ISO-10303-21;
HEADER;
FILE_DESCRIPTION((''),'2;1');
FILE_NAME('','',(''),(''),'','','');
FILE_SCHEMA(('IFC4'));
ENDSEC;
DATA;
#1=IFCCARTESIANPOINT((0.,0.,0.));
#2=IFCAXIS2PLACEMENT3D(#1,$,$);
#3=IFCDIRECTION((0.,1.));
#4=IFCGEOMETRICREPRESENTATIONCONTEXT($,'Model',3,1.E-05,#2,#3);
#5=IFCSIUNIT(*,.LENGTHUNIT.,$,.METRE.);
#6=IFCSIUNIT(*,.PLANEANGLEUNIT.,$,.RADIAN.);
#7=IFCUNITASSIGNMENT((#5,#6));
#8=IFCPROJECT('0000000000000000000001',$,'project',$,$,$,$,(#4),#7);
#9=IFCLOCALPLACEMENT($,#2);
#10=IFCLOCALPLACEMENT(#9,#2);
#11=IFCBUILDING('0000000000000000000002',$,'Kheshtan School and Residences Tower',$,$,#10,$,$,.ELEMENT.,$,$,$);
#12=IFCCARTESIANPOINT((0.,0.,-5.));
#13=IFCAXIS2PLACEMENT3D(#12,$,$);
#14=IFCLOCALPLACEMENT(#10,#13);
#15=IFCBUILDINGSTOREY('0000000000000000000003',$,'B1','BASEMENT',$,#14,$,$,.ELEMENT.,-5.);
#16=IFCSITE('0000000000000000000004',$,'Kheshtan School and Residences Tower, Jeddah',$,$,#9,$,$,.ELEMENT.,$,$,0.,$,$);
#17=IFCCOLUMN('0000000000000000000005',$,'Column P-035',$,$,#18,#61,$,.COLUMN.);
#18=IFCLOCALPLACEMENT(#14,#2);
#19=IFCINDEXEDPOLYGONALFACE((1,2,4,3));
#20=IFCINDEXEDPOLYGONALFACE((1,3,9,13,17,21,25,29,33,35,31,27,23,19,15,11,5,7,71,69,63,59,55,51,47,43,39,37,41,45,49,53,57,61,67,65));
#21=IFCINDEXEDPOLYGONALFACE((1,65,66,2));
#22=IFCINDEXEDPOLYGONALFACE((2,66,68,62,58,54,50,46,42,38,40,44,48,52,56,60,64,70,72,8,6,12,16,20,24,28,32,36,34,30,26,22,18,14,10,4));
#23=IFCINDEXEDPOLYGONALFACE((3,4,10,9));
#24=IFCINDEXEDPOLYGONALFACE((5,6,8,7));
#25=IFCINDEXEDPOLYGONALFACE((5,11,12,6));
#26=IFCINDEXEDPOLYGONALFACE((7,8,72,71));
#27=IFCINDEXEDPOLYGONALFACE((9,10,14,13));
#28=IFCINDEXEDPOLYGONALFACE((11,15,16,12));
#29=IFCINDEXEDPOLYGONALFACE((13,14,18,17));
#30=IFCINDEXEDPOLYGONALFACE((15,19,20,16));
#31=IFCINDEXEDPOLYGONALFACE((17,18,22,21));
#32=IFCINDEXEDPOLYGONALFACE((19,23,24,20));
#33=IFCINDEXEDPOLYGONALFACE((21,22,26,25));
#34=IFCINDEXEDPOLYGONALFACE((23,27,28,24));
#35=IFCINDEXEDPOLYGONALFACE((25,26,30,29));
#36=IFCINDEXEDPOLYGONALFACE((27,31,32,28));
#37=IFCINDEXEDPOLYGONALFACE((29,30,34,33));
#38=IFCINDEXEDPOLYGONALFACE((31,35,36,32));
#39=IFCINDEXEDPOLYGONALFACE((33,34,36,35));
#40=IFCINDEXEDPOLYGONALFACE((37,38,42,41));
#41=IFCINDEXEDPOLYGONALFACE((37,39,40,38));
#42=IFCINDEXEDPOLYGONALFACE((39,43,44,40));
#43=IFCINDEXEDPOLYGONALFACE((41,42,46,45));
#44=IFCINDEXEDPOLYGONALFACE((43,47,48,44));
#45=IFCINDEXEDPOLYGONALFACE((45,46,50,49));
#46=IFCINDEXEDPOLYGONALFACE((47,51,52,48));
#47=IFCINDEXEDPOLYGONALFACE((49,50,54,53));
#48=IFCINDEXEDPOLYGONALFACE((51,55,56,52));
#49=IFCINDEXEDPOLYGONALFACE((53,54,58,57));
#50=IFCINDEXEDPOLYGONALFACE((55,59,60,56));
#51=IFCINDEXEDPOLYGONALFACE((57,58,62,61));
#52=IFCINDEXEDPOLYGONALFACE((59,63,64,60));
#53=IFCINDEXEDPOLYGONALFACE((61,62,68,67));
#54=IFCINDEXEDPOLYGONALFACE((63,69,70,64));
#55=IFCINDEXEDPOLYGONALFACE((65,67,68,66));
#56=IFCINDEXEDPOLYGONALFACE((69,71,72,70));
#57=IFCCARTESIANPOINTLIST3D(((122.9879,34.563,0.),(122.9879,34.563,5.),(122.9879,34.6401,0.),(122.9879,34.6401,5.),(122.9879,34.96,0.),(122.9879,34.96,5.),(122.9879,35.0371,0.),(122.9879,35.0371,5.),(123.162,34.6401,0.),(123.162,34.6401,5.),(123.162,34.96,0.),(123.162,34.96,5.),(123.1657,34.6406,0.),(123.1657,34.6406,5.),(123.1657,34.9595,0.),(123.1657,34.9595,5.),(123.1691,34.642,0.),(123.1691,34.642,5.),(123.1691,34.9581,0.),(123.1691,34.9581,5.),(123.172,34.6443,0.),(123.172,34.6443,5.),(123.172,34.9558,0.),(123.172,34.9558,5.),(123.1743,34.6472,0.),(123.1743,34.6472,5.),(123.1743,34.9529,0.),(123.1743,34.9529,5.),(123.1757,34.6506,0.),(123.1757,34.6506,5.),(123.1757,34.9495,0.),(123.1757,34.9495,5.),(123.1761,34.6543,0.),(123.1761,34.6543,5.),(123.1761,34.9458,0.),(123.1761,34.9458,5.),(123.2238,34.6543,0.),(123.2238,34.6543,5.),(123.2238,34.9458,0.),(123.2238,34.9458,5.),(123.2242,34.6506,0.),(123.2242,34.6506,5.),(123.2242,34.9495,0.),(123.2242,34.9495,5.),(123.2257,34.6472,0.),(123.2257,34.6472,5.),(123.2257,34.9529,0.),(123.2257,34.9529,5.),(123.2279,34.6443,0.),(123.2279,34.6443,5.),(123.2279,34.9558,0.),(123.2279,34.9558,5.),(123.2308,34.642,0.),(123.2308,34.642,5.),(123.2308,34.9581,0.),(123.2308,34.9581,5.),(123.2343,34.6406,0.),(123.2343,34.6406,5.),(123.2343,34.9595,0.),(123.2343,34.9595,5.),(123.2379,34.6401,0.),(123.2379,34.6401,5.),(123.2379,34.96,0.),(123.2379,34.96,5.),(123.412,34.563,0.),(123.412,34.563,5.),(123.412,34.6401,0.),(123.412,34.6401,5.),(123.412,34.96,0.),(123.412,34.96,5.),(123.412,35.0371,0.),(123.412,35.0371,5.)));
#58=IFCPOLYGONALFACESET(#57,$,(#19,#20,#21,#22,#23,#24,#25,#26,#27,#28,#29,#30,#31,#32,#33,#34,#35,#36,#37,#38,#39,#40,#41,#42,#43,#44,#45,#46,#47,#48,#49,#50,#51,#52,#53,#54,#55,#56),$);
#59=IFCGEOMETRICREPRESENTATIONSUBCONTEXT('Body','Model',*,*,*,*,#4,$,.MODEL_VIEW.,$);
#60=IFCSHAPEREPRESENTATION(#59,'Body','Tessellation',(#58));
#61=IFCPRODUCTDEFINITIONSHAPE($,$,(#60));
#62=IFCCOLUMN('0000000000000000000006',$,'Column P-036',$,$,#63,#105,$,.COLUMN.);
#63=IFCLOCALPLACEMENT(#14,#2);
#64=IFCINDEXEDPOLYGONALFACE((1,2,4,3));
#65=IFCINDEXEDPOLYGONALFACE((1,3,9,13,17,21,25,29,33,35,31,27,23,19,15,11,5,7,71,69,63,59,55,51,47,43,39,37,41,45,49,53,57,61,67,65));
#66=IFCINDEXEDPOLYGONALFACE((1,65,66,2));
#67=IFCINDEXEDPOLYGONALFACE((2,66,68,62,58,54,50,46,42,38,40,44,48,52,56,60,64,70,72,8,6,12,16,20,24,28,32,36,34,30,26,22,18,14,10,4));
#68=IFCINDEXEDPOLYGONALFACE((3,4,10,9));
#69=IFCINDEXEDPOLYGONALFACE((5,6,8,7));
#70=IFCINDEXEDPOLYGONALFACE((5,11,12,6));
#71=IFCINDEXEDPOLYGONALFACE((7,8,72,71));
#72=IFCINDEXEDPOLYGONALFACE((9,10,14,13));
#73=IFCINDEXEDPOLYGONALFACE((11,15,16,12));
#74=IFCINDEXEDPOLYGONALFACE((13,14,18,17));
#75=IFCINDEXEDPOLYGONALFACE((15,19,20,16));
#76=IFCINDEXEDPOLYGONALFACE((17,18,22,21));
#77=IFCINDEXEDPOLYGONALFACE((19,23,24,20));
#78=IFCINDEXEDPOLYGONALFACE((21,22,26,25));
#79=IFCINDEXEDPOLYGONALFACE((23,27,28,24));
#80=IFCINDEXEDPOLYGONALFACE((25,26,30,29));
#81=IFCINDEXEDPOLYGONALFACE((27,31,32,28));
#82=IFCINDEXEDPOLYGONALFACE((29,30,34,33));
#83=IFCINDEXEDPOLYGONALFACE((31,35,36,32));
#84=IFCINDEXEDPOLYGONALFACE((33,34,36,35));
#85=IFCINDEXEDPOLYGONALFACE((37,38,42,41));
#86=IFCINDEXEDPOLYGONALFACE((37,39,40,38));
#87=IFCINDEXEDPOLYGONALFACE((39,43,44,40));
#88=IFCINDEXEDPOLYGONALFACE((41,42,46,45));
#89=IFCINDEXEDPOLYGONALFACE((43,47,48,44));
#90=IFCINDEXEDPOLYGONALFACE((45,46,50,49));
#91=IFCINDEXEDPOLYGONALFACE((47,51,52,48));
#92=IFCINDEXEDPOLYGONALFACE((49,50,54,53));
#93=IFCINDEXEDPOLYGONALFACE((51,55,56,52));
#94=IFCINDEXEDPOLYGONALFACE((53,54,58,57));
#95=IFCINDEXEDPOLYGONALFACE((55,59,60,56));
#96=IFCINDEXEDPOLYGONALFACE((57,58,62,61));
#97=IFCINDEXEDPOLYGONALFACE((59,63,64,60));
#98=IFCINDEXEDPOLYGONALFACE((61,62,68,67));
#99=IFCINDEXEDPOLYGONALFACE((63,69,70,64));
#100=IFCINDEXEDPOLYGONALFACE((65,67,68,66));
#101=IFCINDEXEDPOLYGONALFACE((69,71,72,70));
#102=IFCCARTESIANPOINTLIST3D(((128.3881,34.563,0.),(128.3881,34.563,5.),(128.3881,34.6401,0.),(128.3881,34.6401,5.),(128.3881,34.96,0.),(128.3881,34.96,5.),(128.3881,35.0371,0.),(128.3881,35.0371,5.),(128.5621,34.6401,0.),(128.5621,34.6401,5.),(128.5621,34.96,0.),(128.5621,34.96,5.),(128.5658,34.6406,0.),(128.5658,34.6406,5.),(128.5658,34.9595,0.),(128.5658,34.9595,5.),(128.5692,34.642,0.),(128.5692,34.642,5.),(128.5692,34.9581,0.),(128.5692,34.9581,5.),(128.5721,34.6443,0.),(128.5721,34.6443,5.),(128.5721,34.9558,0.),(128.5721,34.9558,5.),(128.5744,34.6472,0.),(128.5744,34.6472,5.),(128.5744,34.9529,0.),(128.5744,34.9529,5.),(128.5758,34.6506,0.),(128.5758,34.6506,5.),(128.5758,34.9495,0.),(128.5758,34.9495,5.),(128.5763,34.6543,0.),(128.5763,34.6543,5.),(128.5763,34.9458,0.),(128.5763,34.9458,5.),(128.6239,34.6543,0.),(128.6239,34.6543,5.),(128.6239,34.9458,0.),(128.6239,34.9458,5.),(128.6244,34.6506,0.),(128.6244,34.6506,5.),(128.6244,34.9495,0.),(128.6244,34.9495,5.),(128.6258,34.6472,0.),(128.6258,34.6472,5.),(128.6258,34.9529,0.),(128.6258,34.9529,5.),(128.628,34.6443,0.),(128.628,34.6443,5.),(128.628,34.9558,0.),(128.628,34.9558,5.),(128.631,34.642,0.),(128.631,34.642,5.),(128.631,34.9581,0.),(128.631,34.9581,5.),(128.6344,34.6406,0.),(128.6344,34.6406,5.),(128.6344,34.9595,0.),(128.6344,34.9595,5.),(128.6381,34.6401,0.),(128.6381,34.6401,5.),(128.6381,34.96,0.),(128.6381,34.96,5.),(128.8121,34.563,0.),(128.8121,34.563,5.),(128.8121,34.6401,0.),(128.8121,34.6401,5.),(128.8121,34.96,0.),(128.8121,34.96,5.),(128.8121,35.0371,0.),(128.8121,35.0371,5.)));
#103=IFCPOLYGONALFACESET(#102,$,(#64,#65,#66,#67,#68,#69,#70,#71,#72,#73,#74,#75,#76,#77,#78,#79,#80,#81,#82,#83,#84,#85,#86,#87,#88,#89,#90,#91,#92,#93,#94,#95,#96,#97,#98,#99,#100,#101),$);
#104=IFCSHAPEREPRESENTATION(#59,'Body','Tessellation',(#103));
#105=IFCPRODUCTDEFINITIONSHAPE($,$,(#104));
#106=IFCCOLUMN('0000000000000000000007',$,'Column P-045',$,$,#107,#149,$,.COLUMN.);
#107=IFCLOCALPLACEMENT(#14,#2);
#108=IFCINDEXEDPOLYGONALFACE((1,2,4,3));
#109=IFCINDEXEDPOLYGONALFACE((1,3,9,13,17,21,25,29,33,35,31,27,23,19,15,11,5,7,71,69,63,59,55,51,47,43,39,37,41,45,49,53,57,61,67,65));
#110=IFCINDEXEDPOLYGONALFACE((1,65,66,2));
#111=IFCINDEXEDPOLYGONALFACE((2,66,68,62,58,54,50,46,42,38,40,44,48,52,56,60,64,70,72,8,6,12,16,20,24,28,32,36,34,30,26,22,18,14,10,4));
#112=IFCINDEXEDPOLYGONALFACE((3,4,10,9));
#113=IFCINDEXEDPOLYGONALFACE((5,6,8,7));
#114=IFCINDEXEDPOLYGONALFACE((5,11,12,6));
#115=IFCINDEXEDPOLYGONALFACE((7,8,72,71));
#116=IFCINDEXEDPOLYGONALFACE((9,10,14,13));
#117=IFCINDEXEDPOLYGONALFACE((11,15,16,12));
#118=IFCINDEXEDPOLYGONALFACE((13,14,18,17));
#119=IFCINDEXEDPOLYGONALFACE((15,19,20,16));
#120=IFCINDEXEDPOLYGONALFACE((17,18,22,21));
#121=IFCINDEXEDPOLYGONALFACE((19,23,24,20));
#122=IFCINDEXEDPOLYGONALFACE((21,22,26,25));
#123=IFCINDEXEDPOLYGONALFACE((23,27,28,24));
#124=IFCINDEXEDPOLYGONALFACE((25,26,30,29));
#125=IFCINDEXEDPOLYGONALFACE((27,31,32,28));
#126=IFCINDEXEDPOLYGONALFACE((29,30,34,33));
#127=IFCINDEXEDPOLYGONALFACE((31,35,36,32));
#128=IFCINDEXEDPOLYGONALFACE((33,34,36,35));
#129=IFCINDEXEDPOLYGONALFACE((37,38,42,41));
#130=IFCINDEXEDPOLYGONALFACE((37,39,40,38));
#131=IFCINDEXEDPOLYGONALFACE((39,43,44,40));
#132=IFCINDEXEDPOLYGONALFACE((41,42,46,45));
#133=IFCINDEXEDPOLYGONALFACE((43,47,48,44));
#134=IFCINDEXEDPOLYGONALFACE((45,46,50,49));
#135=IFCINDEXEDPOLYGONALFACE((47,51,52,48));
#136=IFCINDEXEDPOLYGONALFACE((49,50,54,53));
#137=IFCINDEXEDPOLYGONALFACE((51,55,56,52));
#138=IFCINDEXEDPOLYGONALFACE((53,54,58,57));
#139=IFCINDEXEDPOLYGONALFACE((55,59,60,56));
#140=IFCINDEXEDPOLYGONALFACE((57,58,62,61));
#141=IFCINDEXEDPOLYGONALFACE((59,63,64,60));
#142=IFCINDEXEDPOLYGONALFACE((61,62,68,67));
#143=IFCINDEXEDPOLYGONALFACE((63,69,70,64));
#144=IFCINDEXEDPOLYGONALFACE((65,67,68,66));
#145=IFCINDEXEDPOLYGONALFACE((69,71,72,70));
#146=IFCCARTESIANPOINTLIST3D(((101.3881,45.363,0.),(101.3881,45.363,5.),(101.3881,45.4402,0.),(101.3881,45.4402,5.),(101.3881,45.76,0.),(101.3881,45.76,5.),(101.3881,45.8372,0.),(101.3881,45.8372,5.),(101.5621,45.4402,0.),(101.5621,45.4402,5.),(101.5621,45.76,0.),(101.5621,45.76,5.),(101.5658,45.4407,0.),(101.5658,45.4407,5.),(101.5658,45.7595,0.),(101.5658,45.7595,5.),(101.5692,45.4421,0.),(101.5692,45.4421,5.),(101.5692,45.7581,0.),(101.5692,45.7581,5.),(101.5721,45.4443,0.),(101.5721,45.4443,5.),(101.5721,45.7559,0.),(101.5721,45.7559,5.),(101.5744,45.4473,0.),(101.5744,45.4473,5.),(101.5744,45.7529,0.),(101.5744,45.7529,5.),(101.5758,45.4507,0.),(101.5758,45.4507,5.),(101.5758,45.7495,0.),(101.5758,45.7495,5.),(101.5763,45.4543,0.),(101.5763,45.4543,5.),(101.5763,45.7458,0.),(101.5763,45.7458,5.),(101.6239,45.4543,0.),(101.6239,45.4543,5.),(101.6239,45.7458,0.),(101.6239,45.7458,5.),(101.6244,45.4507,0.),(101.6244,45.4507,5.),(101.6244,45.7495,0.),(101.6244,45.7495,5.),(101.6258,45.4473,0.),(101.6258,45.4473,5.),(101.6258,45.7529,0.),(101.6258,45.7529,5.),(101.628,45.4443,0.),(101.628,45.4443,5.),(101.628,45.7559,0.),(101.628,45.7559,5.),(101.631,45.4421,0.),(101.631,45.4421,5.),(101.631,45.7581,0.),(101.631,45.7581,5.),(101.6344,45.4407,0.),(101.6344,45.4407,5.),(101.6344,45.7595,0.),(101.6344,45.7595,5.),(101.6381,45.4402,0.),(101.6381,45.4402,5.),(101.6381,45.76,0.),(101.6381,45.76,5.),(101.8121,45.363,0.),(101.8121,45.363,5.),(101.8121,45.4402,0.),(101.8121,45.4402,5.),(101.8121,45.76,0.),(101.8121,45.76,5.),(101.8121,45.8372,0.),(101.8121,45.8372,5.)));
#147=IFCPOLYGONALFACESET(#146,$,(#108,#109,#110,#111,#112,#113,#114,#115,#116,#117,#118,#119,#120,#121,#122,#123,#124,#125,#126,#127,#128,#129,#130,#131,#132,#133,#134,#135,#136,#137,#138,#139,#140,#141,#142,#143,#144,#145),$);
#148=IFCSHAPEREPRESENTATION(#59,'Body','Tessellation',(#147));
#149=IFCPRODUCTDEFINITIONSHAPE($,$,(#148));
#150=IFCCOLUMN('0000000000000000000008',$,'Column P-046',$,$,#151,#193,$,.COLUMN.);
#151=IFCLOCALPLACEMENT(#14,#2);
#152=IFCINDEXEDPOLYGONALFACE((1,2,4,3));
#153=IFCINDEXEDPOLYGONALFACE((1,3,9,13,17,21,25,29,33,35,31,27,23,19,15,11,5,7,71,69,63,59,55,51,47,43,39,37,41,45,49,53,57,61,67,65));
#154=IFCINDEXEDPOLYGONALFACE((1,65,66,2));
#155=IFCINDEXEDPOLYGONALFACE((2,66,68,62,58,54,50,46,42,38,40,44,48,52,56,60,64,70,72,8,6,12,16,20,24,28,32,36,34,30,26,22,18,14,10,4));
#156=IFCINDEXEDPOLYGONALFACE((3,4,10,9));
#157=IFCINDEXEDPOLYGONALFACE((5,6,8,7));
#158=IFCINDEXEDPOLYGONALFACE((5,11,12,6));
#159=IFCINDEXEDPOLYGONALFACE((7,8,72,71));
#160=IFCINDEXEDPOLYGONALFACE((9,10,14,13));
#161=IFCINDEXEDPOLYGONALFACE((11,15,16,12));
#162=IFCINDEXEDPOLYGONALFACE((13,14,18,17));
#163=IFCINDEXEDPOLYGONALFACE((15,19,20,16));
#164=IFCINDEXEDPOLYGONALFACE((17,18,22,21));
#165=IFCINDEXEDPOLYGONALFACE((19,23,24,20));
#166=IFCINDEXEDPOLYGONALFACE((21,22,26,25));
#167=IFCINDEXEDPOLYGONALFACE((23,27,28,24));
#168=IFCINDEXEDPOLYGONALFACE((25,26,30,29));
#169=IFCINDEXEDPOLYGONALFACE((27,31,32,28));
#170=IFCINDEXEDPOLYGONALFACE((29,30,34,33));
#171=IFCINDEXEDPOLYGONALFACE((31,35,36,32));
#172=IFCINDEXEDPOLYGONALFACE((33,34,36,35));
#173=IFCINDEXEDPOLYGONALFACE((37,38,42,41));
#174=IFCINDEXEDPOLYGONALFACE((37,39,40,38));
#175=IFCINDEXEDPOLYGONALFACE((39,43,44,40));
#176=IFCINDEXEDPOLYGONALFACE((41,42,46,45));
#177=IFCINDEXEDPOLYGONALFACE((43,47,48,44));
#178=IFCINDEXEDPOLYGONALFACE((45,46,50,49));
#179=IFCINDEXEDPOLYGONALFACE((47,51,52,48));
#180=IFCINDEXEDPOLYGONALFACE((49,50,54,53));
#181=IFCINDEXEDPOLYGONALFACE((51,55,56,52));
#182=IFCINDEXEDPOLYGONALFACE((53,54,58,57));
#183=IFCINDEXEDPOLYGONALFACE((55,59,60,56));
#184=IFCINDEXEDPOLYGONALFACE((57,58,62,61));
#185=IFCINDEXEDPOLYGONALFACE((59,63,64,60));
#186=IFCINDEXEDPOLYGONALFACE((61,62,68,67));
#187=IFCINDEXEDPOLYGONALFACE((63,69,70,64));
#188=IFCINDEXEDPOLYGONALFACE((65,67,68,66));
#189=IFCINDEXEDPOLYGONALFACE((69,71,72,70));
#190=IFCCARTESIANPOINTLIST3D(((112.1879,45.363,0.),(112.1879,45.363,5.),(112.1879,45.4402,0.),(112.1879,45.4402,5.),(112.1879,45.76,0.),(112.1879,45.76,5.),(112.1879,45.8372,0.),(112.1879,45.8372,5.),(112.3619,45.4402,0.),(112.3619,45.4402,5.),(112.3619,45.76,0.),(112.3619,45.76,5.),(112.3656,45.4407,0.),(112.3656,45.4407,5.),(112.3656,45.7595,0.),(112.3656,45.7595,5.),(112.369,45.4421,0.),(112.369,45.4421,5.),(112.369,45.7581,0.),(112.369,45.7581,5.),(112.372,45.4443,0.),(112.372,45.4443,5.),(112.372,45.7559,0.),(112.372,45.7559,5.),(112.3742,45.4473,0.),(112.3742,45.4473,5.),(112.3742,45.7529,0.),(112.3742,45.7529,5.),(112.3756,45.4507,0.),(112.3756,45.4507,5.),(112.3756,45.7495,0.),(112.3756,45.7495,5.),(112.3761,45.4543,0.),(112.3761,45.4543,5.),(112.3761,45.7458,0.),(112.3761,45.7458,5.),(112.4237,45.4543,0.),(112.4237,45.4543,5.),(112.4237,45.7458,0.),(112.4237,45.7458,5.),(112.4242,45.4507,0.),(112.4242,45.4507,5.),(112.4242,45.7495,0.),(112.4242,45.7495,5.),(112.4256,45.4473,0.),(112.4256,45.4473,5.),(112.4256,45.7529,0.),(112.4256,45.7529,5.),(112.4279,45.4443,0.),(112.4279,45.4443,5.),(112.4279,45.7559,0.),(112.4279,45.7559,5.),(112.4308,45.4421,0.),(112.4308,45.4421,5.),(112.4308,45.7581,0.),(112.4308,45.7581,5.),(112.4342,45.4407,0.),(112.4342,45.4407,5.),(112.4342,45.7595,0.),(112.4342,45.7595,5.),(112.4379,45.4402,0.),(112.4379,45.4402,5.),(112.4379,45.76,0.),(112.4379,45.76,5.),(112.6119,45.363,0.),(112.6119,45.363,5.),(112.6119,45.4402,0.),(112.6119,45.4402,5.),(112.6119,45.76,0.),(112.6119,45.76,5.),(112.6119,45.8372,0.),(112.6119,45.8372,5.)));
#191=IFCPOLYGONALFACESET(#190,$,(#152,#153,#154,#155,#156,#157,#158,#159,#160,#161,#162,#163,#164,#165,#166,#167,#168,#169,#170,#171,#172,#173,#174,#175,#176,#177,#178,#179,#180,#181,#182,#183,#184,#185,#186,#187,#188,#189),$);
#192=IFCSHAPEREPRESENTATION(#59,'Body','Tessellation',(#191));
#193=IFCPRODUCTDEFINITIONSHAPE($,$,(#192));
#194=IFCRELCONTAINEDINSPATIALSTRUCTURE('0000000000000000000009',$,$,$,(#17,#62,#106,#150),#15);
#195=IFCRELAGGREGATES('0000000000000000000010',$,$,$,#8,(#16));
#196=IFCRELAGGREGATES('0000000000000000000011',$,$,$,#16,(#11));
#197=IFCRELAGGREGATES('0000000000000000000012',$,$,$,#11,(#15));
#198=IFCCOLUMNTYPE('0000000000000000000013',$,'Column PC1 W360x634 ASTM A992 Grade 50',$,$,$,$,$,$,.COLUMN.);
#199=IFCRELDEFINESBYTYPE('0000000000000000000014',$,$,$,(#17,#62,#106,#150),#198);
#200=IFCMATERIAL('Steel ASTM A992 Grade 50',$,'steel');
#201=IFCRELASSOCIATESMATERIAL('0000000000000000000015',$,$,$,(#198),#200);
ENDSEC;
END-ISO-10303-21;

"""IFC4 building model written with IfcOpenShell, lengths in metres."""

from ifc_helpers import new_model, si_unit, direction, frame, origin, origin_2d, place, context, subcontext, project, spatial, i_section, extrude, material, material_profile, profile_set, type_object, element, save


model = new_model("IFC4")

# Units and contexts
model_context = context("Model", 3, precision=1e-05, world=origin(), true_north=direction((0.0, 1.0)))
body_context = subcontext(model_context, "Body", "Model", "MODEL_VIEW")
ifc_project = project(units=[si_unit("LENGTHUNIT", "METRE"), si_unit("PLANEANGLEUNIT", "RADIAN")], contexts=[model_context])

# Site, building, storey
site_placement = place(None, origin())
site = spatial("IfcSite", under=ifc_project, at=site_placement, Name="Kheshtan School and Residences Tower, Jeddah", CompositionType="ELEMENT", RefElevation=0.0)
building_placement = place(site_placement, origin())
building = spatial("IfcBuilding", under=site, at=building_placement, Name="Kheshtan School and Residences Tower", CompositionType="ELEMENT")
storey_placement = place(building_placement, frame((0.0, 0.0, -5.0)))
storey = spatial("IfcBuildingStorey", under=building, at=storey_placement, Name="B1", Description="BASEMENT", CompositionType="ELEMENT", Elevation=-5.0)

# Columns
ifc_material_1 = material(Name="Steel ASTM A992 Grade 50", Category="steel")
ifc_material_profile = material_profile(ifc_material_1, i_section(OverallWidth=0.4241, OverallDepth=0.4741, WebThickness=0.0476, FlangeThickness=0.0771, FilletRadius=0.0142, at=origin_2d()), Name="W360x634")
ifc_profile_set = profile_set([ifc_material_profile], Name="Steel ASTM A992 Grade 50")
column_type = type_object("IfcColumnType", Name="Column PC1 W360x634 ASTM A992 Grade 50", PredefinedType="COLUMN", material=ifc_profile_set)
for number, where, z_axis, x_axis, name in (
    (1, (123.2, 34.8, 0.0), (0.0, 0.0, 1.0), (1.0, 0.0, 0.0), "Column P-035"),
    (2, (128.6001, 34.8, 0.0), (0.0, 0.0, 1.0), (1.0, 0.0, 0.0), "Column P-036"),
    (3, (101.6001, 45.6001, 0.0), (0.0, 0.0, 1.0), (1.0, 0.0, 0.0), "Column P-045"),
    (4, (112.3999, 45.6001, 0.0), (0.0, 0.0, 1.0), (1.0, 0.0, 0.0), "Column P-046"),
):
    element("IfcColumn", number, at=place(storey_placement, frame(where, z_axis=z_axis, x_axis=x_axis)), inside=storey, type_object=column_type, Name=name, PredefinedType="COLUMN", context=body_context, shape_type="SweptSolid", body=[
        extrude(i_section(OverallWidth=0.4241, OverallDepth=0.4741, WebThickness=0.0476, FlangeThickness=0.0771, FilletRadius=0.0142, at=origin_2d()), origin(), (0.0, 0.0, 1.0), 5.0),
    ])

save(model, "model.ifc")
